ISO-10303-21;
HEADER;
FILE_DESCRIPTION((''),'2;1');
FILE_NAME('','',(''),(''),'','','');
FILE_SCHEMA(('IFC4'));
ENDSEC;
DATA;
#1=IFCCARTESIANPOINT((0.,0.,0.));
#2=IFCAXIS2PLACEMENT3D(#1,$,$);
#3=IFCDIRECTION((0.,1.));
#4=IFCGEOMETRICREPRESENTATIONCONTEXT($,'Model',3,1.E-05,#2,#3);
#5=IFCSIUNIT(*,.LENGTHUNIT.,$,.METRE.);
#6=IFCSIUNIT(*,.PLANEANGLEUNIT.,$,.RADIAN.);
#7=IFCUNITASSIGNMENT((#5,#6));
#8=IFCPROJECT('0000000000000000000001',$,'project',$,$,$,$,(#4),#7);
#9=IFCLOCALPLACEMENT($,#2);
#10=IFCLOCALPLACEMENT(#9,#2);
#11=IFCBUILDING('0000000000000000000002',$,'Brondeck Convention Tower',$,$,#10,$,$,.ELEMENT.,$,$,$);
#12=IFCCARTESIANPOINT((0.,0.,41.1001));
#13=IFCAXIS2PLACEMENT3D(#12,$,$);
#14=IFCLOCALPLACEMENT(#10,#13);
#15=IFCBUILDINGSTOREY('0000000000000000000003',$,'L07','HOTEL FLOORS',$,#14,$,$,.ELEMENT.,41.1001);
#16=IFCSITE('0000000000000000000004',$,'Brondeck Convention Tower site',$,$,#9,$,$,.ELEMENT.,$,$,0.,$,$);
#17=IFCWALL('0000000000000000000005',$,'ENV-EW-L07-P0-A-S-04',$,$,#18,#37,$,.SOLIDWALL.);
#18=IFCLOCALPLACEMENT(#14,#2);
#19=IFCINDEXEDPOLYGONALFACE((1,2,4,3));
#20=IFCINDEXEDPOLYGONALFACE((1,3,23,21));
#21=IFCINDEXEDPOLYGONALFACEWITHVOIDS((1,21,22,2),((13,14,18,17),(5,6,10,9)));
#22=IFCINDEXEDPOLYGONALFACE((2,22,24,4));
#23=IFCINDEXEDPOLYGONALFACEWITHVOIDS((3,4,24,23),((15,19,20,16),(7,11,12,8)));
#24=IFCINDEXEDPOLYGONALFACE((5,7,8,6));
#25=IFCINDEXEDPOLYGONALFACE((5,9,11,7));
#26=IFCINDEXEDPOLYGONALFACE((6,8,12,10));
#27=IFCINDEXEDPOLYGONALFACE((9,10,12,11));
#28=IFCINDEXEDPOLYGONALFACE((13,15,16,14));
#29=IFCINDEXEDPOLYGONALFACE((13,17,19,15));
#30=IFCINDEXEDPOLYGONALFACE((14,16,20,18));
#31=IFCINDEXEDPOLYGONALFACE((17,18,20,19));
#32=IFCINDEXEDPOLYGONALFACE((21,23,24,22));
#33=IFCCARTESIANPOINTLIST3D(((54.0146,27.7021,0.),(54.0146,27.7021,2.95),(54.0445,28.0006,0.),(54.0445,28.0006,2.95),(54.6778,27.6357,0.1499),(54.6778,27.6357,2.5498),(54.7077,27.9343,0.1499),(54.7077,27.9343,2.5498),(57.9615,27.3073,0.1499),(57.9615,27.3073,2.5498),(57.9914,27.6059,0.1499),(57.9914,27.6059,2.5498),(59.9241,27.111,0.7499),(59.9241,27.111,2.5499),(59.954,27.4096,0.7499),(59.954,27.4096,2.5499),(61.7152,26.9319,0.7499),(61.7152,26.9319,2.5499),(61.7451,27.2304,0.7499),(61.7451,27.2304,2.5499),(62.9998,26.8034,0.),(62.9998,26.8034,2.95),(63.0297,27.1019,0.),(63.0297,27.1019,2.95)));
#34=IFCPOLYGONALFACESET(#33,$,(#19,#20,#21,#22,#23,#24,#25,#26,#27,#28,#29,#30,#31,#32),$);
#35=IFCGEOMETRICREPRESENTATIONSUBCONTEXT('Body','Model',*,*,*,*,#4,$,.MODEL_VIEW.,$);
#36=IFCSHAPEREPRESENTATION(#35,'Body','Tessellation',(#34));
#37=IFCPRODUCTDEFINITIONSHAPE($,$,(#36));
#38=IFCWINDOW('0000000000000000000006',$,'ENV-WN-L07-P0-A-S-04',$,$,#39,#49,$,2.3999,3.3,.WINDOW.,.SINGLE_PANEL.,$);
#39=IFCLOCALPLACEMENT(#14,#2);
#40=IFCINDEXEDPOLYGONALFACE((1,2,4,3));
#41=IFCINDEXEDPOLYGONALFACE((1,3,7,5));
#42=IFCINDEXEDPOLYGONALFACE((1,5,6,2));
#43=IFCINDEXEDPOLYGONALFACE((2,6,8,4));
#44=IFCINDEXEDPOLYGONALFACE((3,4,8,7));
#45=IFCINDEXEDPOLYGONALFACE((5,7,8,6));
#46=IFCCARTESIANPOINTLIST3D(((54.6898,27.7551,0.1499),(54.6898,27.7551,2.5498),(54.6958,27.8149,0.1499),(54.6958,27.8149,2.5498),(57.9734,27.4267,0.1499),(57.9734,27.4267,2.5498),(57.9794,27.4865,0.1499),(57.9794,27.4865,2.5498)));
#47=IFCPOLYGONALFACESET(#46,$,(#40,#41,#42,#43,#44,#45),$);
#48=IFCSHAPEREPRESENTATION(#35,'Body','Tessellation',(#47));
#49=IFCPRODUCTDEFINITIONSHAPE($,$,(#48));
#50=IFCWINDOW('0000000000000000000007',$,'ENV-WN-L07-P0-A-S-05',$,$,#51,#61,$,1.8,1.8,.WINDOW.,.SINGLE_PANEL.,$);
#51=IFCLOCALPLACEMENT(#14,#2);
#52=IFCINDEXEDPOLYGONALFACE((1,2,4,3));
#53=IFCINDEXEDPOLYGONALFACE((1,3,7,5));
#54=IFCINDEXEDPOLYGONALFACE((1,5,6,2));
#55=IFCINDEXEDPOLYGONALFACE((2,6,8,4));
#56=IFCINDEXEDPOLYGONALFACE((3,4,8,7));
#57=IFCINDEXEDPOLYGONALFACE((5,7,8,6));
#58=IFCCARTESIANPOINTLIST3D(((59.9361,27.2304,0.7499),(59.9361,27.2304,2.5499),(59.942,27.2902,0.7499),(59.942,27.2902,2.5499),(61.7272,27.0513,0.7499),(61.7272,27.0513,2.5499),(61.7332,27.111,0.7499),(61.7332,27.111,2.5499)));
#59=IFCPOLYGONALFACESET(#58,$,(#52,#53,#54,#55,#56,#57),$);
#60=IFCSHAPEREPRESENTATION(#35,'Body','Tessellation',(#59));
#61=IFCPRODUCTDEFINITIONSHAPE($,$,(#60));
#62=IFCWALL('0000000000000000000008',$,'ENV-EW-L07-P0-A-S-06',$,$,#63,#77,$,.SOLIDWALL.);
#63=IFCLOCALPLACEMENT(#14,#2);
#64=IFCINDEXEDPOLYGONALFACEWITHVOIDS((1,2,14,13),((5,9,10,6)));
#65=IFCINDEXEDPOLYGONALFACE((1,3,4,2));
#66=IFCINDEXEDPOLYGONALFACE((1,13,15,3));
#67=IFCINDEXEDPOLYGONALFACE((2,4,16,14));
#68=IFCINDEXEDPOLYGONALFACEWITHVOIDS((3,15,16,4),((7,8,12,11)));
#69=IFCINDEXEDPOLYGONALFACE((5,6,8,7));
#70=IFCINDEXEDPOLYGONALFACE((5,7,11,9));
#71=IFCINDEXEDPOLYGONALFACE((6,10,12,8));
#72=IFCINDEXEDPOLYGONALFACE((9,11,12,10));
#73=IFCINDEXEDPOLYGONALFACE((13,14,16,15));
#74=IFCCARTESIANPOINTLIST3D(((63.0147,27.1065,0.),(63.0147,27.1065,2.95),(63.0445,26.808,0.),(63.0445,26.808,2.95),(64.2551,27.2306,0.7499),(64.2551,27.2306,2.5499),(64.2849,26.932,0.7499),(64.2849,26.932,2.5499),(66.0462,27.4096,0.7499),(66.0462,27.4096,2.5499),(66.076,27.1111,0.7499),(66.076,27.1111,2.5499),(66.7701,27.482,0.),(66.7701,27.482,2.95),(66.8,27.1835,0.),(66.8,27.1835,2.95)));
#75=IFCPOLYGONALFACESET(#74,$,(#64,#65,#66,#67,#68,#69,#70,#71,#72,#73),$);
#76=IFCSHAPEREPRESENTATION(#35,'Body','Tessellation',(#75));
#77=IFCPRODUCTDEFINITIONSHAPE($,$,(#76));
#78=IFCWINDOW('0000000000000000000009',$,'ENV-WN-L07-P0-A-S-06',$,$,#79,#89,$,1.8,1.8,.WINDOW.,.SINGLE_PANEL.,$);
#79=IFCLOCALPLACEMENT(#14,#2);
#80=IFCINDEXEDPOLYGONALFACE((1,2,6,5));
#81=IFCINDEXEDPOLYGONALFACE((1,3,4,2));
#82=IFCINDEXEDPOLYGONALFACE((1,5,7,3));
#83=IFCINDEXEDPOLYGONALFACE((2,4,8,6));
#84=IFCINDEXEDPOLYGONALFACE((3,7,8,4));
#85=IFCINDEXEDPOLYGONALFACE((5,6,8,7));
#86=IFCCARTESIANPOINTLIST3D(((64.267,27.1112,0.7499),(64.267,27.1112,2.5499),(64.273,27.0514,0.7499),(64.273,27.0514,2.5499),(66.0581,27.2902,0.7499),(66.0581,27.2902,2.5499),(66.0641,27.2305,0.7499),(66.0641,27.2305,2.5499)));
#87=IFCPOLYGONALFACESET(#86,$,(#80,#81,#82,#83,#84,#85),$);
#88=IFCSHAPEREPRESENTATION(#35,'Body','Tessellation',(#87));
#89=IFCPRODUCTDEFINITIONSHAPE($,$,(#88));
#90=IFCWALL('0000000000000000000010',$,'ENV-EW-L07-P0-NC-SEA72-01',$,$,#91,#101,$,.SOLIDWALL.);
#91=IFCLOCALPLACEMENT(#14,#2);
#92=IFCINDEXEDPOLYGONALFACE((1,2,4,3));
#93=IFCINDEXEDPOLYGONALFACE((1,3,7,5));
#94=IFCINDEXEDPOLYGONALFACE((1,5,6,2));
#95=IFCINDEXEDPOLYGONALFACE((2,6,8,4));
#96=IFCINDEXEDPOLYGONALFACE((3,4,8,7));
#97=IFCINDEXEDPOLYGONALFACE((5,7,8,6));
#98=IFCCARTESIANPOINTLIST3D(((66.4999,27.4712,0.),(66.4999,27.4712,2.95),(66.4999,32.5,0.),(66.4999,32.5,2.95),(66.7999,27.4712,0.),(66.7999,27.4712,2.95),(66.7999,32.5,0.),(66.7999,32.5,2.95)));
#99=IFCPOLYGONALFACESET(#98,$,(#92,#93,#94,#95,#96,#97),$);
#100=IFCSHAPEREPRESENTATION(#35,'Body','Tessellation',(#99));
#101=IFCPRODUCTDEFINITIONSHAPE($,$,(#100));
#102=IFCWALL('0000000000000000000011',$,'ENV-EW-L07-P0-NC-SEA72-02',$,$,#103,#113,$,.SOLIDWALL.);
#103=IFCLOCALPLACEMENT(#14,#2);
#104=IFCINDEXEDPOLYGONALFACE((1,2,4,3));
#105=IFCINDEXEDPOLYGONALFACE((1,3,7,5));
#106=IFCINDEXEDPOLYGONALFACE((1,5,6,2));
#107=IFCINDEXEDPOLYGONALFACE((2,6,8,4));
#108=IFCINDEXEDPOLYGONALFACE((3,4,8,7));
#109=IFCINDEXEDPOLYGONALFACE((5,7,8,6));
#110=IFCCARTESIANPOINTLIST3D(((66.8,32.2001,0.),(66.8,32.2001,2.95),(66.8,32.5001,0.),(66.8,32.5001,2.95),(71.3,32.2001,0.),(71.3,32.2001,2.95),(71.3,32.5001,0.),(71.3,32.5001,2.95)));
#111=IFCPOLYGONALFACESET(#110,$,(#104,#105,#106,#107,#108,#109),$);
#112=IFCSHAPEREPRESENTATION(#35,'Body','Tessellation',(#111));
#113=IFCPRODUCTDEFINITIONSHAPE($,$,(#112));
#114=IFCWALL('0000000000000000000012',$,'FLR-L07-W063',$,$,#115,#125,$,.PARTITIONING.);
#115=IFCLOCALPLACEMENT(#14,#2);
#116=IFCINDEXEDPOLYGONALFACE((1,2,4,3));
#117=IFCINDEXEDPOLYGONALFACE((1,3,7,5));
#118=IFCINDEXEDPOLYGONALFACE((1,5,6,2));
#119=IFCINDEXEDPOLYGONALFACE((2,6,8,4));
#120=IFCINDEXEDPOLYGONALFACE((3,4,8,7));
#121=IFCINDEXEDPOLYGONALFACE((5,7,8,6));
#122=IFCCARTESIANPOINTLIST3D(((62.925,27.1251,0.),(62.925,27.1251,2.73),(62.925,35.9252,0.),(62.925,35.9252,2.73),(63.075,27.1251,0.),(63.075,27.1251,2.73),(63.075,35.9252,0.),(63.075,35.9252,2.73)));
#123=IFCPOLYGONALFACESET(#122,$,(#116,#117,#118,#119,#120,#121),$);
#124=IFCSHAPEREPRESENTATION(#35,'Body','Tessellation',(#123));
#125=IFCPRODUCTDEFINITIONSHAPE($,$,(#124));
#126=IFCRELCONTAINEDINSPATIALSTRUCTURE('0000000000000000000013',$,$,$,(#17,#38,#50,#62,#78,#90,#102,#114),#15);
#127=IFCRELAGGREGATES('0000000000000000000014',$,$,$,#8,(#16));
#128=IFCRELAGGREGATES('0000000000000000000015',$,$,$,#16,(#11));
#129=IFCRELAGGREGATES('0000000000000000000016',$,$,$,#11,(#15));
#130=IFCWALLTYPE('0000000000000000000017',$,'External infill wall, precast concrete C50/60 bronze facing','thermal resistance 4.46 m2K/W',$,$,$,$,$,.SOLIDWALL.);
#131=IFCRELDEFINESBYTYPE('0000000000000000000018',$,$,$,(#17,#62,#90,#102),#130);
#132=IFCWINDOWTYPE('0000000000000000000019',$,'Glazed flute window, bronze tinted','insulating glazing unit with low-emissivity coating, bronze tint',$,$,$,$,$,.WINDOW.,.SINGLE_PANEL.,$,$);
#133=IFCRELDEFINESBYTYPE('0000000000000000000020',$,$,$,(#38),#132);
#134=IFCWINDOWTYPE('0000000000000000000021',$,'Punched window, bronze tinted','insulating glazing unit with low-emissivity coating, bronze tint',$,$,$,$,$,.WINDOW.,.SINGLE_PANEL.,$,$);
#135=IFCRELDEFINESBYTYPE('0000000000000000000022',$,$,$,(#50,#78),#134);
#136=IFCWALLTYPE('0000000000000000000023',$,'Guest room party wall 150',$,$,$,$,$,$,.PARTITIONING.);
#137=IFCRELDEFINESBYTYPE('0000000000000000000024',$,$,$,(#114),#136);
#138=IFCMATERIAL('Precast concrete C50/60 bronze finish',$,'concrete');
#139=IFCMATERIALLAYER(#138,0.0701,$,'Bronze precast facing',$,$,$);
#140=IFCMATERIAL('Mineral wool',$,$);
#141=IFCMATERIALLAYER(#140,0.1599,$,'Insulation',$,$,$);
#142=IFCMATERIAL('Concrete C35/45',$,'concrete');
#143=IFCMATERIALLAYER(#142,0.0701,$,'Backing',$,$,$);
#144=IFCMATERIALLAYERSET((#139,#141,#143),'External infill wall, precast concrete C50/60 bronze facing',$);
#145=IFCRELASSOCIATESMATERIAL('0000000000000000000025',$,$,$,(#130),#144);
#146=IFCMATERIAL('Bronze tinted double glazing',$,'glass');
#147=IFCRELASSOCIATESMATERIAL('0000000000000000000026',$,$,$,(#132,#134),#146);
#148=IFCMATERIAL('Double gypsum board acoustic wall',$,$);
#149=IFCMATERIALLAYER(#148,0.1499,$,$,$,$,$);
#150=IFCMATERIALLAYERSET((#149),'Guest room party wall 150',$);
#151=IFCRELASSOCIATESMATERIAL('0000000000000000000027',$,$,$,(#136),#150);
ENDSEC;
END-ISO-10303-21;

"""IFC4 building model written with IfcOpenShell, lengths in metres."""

from ifc_helpers import new_model, si_unit, direction, frame, frame_2d, origin, place, context, subcontext, project, spatial, rectangle, extrude, material, layer, layer_set, type_object, element, fill, save


model = new_model("IFC4")

# Units and contexts
model_context = context("Model", 3, precision=1e-05, world=origin(), true_north=direction((0.0, 1.0)))
body_context = subcontext(model_context, "Body", "Model", "MODEL_VIEW")
ifc_project = project(units=[si_unit("LENGTHUNIT", "METRE"), si_unit("PLANEANGLEUNIT", "RADIAN")], contexts=[model_context])

# Site, building, storey
site_placement = place(None, origin())
site = spatial("IfcSite", under=ifc_project, at=site_placement, Name="Brondeck Convention Tower site", CompositionType="ELEMENT", RefElevation=0.0)
building_placement = place(site_placement, origin())
building = spatial("IfcBuilding", under=site, at=building_placement, Name="Brondeck Convention Tower", CompositionType="ELEMENT")
storey_placement = place(building_placement, frame((0.0, 0.0, 41.1001)))
storey = spatial("IfcBuildingStorey", under=building, at=storey_placement, Name="L07", Description="HOTEL FLOORS", CompositionType="ELEMENT", Elevation=41.1001)

# Wall, openings, windows
ifc_material_1 = material(Name="Precast concrete C50/60 bronze finish", Category="concrete")
ifc_layer_1 = layer(ifc_material_1, 0.0701, Name="Bronze precast facing")
ifc_material_2 = material(Name="Mineral wool")
ifc_layer_2 = layer(ifc_material_2, 0.1599, Name="Insulation")
ifc_material_3 = material(Name="Concrete C35/45", Category="concrete")
ifc_layer_3 = layer(ifc_material_3, 0.0701, Name="Backing")
ifc_layer_set_1 = layer_set([ifc_layer_1, ifc_layer_2, ifc_layer_3], Name="External infill wall, precast concrete C50/60 bronze facing")
wall_type_1 = type_object("IfcWallType", Name="External infill wall, precast concrete C50/60 bronze facing", Description="thermal resistance 4.46 m2K/W", PredefinedType="SOLIDWALL", material=ifc_layer_set_1)
wall_1_placement = place(storey_placement, frame((63.0149, 26.9526, 0.0), z_axis=(0.0, 0.0, 1.0), x_axis=(-0.995035, 0.099522, 0.0)))
wall_1 = element("IfcWall", 1, at=wall_1_placement, inside=storey, type_object=wall_type_1, Name="ENV-EW-L07-P0-A-S-04", PredefinedType="SOLIDWALL", context=body_context, shape_type="SweptSolid", body=[
    extrude(rectangle(XDim=9.03, YDim=0.3, at=frame_2d((4.5151, 0.0))), origin(), (0.0, 0.0, 1.0), 2.95),
])
opening_1_placement = place(wall_1_placement, frame((1.2913, 0.0, 0.75)))
opening_1 = element("IfcOpeningElement", 2, at=opening_1_placement, cuts=wall_1, PredefinedType="OPENING", context=body_context, shape_type="SweptSolid", body=[
    extrude(rectangle(XDim=1.8, YDim=1.8, at=frame_2d((0.8999, 0.8999))), frame((0.0, 0.1599, 0.0), z_axis=(0.0, -1.0, 0.0), x_axis=(1.0, 0.0, 0.0)), (0.0, 0.0, 1.0), 0.3201),
])
opening_2_placement = place(wall_1_placement, frame((5.0637, 0.0, 0.1499)))
opening_2 = element("IfcOpeningElement", 3, at=opening_2_placement, cuts=wall_1, PredefinedType="OPENING", context=body_context, shape_type="SweptSolid", body=[
    extrude(rectangle(XDim=3.3, YDim=2.3999, at=frame_2d((1.6499, 1.2))), frame((0.0, 0.1599, 0.0), z_axis=(0.0, -1.0, 0.0), x_axis=(1.0, 0.0, 0.0)), (0.0, 0.0, 1.0), 0.3201),
])
ifc_material_4 = material(Name="Bronze tinted double glazing", Category="glass")
window_type_1 = type_object("IfcWindowType", Name="Glazed flute window, bronze tinted", Description="insulating glazing unit with low-emissivity coating, bronze tint", PartitioningType="SINGLE_PANEL", PredefinedType="WINDOW", material=ifc_material_4)
window_1_placement = place(opening_2_placement, origin())
window_1 = element("IfcWindow", 4, at=window_1_placement, inside=storey, type_object=window_type_1, Name="ENV-WN-L07-P0-A-S-04", OverallHeight=2.3999, OverallWidth=3.3, PartitioningType="SINGLE_PANEL", PredefinedType="WINDOW", context=body_context, shape_type="SweptSolid", body=[
    extrude(rectangle(XDim=3.3, YDim=2.3999, at=frame_2d((1.6499, 1.2))), frame((0.0, 0.03, 0.0), z_axis=(0.0, -1.0, 0.0), x_axis=(1.0, 0.0, 0.0)), (0.0, 0.0, 1.0), 0.0601),
])
fill(opening_2, window_1)
window_type_2 = type_object("IfcWindowType", Name="Punched window, bronze tinted", Description="insulating glazing unit with low-emissivity coating, bronze tint", PartitioningType="SINGLE_PANEL", PredefinedType="WINDOW", material=ifc_material_4)
window_2_placement = place(opening_1_placement, origin())
window_2 = element("IfcWindow", 5, at=window_2_placement, inside=storey, type_object=window_type_2, Name="ENV-WN-L07-P0-A-S-05", OverallHeight=1.8, OverallWidth=1.8, PartitioningType="SINGLE_PANEL", PredefinedType="WINDOW", context=body_context, shape_type="SweptSolid", body=[
    extrude(rectangle(XDim=1.8, YDim=1.8, at=frame_2d((0.8999, 0.8999))), frame((0.0, 0.03, 0.0), z_axis=(0.0, -1.0, 0.0), x_axis=(1.0, 0.0, 0.0)), (0.0, 0.0, 1.0), 0.0601),
])
fill(opening_1, window_2)

# Wall, opening, window
wall_2_placement = place(storey_placement, frame((66.7852, 27.3328, 0.0), z_axis=(0.0, 0.0, 1.0), x_axis=(-0.995038, -0.099491, 0.0)))
wall_2 = element("IfcWall", 6, at=wall_2_placement, inside=storey, type_object=wall_type_1, Name="ENV-EW-L07-P0-A-S-06", PredefinedType="SOLIDWALL", context=body_context, shape_type="SweptSolid", body=[
    extrude(rectangle(XDim=3.7742, YDim=0.3, at=frame_2d((1.8872, 0.0))), origin(), (0.0, 0.0, 1.0), 2.95),
])
opening_3_placement = place(wall_2_placement, frame((0.7278, 0.0, 0.75)))
opening_3 = element("IfcOpeningElement", 7, at=opening_3_placement, cuts=wall_2, PredefinedType="OPENING", context=body_context, shape_type="SweptSolid", body=[
    extrude(rectangle(XDim=1.8, YDim=1.8, at=frame_2d((0.8999, 0.8999))), frame((0.0, 0.1599, 0.0), z_axis=(0.0, -1.0, 0.0), x_axis=(1.0, 0.0, 0.0)), (0.0, 0.0, 1.0), 0.3201),
])
window_3_placement = place(opening_3_placement, origin())
window_3 = element("IfcWindow", 8, at=window_3_placement, inside=storey, type_object=window_type_2, Name="ENV-WN-L07-P0-A-S-06", OverallHeight=1.8, OverallWidth=1.8, PartitioningType="SINGLE_PANEL", PredefinedType="WINDOW", context=body_context, shape_type="SweptSolid", body=[
    extrude(rectangle(XDim=1.8, YDim=1.8, at=frame_2d((0.8999, 0.8999))), frame((0.0, 0.03, 0.0), z_axis=(0.0, -1.0, 0.0), x_axis=(1.0, 0.0, 0.0)), (0.0, 0.0, 1.0), 0.0601),
])
fill(opening_3, window_3)

# Walls
wall_3_placement = place(storey_placement, frame((66.6499, 32.5, 0.0), z_axis=(0.0, 0.0, 1.0), x_axis=(0.0, -1.0, 0.0)))
element("IfcWall", 9, at=wall_3_placement, inside=storey, type_object=wall_type_1, Name="ENV-EW-L07-P0-NC-SEA72-01", PredefinedType="SOLIDWALL", context=body_context, shape_type="SweptSolid", body=[
    extrude(rectangle(XDim=5.0288, YDim=0.3, at=frame_2d((2.5144, 0.0))), origin(), (0.0, 0.0, 1.0), 2.95),
])
wall_4_placement = place(storey_placement, frame((71.3, 32.3501, 0.0), z_axis=(0.0, 0.0, 1.0), x_axis=(-1.0, 0.0, 0.0)))
element("IfcWall", 10, at=wall_4_placement, inside=storey, type_object=wall_type_1, Name="ENV-EW-L07-P0-NC-SEA72-02", PredefinedType="SOLIDWALL", context=body_context, shape_type="SweptSolid", body=[
    extrude(rectangle(XDim=4.5, YDim=0.3, at=frame_2d((2.25, 0.0))), origin(), (0.0, 0.0, 1.0), 2.95),
])
ifc_material_5 = material(Name="Double gypsum board acoustic wall")
ifc_layer_4 = layer(ifc_material_5, 0.1499)
ifc_layer_set_2 = layer_set([ifc_layer_4], Name="Guest room party wall 150")
wall_type_2 = type_object("IfcWallType", Name="Guest room party wall 150", PredefinedType="PARTITIONING", material=ifc_layer_set_2)
wall_5_placement = place(storey_placement, frame((63.0, 35.925, 0.0), z_axis=(0.0, 0.0, 1.0), x_axis=(0.0, -1.0, 0.0)))
element("IfcWall", 11, at=wall_5_placement, inside=storey, type_object=wall_type_2, Name="FLR-L07-W063", PredefinedType="PARTITIONING", context=body_context, shape_type="SweptSolid", body=[
    extrude(rectangle(XDim=8.8, YDim=0.1499, at=frame_2d((4.3999, 0.0))), origin(), (0.0, 0.0, 1.0), 2.73),
])

save(model, "model.ifc")
